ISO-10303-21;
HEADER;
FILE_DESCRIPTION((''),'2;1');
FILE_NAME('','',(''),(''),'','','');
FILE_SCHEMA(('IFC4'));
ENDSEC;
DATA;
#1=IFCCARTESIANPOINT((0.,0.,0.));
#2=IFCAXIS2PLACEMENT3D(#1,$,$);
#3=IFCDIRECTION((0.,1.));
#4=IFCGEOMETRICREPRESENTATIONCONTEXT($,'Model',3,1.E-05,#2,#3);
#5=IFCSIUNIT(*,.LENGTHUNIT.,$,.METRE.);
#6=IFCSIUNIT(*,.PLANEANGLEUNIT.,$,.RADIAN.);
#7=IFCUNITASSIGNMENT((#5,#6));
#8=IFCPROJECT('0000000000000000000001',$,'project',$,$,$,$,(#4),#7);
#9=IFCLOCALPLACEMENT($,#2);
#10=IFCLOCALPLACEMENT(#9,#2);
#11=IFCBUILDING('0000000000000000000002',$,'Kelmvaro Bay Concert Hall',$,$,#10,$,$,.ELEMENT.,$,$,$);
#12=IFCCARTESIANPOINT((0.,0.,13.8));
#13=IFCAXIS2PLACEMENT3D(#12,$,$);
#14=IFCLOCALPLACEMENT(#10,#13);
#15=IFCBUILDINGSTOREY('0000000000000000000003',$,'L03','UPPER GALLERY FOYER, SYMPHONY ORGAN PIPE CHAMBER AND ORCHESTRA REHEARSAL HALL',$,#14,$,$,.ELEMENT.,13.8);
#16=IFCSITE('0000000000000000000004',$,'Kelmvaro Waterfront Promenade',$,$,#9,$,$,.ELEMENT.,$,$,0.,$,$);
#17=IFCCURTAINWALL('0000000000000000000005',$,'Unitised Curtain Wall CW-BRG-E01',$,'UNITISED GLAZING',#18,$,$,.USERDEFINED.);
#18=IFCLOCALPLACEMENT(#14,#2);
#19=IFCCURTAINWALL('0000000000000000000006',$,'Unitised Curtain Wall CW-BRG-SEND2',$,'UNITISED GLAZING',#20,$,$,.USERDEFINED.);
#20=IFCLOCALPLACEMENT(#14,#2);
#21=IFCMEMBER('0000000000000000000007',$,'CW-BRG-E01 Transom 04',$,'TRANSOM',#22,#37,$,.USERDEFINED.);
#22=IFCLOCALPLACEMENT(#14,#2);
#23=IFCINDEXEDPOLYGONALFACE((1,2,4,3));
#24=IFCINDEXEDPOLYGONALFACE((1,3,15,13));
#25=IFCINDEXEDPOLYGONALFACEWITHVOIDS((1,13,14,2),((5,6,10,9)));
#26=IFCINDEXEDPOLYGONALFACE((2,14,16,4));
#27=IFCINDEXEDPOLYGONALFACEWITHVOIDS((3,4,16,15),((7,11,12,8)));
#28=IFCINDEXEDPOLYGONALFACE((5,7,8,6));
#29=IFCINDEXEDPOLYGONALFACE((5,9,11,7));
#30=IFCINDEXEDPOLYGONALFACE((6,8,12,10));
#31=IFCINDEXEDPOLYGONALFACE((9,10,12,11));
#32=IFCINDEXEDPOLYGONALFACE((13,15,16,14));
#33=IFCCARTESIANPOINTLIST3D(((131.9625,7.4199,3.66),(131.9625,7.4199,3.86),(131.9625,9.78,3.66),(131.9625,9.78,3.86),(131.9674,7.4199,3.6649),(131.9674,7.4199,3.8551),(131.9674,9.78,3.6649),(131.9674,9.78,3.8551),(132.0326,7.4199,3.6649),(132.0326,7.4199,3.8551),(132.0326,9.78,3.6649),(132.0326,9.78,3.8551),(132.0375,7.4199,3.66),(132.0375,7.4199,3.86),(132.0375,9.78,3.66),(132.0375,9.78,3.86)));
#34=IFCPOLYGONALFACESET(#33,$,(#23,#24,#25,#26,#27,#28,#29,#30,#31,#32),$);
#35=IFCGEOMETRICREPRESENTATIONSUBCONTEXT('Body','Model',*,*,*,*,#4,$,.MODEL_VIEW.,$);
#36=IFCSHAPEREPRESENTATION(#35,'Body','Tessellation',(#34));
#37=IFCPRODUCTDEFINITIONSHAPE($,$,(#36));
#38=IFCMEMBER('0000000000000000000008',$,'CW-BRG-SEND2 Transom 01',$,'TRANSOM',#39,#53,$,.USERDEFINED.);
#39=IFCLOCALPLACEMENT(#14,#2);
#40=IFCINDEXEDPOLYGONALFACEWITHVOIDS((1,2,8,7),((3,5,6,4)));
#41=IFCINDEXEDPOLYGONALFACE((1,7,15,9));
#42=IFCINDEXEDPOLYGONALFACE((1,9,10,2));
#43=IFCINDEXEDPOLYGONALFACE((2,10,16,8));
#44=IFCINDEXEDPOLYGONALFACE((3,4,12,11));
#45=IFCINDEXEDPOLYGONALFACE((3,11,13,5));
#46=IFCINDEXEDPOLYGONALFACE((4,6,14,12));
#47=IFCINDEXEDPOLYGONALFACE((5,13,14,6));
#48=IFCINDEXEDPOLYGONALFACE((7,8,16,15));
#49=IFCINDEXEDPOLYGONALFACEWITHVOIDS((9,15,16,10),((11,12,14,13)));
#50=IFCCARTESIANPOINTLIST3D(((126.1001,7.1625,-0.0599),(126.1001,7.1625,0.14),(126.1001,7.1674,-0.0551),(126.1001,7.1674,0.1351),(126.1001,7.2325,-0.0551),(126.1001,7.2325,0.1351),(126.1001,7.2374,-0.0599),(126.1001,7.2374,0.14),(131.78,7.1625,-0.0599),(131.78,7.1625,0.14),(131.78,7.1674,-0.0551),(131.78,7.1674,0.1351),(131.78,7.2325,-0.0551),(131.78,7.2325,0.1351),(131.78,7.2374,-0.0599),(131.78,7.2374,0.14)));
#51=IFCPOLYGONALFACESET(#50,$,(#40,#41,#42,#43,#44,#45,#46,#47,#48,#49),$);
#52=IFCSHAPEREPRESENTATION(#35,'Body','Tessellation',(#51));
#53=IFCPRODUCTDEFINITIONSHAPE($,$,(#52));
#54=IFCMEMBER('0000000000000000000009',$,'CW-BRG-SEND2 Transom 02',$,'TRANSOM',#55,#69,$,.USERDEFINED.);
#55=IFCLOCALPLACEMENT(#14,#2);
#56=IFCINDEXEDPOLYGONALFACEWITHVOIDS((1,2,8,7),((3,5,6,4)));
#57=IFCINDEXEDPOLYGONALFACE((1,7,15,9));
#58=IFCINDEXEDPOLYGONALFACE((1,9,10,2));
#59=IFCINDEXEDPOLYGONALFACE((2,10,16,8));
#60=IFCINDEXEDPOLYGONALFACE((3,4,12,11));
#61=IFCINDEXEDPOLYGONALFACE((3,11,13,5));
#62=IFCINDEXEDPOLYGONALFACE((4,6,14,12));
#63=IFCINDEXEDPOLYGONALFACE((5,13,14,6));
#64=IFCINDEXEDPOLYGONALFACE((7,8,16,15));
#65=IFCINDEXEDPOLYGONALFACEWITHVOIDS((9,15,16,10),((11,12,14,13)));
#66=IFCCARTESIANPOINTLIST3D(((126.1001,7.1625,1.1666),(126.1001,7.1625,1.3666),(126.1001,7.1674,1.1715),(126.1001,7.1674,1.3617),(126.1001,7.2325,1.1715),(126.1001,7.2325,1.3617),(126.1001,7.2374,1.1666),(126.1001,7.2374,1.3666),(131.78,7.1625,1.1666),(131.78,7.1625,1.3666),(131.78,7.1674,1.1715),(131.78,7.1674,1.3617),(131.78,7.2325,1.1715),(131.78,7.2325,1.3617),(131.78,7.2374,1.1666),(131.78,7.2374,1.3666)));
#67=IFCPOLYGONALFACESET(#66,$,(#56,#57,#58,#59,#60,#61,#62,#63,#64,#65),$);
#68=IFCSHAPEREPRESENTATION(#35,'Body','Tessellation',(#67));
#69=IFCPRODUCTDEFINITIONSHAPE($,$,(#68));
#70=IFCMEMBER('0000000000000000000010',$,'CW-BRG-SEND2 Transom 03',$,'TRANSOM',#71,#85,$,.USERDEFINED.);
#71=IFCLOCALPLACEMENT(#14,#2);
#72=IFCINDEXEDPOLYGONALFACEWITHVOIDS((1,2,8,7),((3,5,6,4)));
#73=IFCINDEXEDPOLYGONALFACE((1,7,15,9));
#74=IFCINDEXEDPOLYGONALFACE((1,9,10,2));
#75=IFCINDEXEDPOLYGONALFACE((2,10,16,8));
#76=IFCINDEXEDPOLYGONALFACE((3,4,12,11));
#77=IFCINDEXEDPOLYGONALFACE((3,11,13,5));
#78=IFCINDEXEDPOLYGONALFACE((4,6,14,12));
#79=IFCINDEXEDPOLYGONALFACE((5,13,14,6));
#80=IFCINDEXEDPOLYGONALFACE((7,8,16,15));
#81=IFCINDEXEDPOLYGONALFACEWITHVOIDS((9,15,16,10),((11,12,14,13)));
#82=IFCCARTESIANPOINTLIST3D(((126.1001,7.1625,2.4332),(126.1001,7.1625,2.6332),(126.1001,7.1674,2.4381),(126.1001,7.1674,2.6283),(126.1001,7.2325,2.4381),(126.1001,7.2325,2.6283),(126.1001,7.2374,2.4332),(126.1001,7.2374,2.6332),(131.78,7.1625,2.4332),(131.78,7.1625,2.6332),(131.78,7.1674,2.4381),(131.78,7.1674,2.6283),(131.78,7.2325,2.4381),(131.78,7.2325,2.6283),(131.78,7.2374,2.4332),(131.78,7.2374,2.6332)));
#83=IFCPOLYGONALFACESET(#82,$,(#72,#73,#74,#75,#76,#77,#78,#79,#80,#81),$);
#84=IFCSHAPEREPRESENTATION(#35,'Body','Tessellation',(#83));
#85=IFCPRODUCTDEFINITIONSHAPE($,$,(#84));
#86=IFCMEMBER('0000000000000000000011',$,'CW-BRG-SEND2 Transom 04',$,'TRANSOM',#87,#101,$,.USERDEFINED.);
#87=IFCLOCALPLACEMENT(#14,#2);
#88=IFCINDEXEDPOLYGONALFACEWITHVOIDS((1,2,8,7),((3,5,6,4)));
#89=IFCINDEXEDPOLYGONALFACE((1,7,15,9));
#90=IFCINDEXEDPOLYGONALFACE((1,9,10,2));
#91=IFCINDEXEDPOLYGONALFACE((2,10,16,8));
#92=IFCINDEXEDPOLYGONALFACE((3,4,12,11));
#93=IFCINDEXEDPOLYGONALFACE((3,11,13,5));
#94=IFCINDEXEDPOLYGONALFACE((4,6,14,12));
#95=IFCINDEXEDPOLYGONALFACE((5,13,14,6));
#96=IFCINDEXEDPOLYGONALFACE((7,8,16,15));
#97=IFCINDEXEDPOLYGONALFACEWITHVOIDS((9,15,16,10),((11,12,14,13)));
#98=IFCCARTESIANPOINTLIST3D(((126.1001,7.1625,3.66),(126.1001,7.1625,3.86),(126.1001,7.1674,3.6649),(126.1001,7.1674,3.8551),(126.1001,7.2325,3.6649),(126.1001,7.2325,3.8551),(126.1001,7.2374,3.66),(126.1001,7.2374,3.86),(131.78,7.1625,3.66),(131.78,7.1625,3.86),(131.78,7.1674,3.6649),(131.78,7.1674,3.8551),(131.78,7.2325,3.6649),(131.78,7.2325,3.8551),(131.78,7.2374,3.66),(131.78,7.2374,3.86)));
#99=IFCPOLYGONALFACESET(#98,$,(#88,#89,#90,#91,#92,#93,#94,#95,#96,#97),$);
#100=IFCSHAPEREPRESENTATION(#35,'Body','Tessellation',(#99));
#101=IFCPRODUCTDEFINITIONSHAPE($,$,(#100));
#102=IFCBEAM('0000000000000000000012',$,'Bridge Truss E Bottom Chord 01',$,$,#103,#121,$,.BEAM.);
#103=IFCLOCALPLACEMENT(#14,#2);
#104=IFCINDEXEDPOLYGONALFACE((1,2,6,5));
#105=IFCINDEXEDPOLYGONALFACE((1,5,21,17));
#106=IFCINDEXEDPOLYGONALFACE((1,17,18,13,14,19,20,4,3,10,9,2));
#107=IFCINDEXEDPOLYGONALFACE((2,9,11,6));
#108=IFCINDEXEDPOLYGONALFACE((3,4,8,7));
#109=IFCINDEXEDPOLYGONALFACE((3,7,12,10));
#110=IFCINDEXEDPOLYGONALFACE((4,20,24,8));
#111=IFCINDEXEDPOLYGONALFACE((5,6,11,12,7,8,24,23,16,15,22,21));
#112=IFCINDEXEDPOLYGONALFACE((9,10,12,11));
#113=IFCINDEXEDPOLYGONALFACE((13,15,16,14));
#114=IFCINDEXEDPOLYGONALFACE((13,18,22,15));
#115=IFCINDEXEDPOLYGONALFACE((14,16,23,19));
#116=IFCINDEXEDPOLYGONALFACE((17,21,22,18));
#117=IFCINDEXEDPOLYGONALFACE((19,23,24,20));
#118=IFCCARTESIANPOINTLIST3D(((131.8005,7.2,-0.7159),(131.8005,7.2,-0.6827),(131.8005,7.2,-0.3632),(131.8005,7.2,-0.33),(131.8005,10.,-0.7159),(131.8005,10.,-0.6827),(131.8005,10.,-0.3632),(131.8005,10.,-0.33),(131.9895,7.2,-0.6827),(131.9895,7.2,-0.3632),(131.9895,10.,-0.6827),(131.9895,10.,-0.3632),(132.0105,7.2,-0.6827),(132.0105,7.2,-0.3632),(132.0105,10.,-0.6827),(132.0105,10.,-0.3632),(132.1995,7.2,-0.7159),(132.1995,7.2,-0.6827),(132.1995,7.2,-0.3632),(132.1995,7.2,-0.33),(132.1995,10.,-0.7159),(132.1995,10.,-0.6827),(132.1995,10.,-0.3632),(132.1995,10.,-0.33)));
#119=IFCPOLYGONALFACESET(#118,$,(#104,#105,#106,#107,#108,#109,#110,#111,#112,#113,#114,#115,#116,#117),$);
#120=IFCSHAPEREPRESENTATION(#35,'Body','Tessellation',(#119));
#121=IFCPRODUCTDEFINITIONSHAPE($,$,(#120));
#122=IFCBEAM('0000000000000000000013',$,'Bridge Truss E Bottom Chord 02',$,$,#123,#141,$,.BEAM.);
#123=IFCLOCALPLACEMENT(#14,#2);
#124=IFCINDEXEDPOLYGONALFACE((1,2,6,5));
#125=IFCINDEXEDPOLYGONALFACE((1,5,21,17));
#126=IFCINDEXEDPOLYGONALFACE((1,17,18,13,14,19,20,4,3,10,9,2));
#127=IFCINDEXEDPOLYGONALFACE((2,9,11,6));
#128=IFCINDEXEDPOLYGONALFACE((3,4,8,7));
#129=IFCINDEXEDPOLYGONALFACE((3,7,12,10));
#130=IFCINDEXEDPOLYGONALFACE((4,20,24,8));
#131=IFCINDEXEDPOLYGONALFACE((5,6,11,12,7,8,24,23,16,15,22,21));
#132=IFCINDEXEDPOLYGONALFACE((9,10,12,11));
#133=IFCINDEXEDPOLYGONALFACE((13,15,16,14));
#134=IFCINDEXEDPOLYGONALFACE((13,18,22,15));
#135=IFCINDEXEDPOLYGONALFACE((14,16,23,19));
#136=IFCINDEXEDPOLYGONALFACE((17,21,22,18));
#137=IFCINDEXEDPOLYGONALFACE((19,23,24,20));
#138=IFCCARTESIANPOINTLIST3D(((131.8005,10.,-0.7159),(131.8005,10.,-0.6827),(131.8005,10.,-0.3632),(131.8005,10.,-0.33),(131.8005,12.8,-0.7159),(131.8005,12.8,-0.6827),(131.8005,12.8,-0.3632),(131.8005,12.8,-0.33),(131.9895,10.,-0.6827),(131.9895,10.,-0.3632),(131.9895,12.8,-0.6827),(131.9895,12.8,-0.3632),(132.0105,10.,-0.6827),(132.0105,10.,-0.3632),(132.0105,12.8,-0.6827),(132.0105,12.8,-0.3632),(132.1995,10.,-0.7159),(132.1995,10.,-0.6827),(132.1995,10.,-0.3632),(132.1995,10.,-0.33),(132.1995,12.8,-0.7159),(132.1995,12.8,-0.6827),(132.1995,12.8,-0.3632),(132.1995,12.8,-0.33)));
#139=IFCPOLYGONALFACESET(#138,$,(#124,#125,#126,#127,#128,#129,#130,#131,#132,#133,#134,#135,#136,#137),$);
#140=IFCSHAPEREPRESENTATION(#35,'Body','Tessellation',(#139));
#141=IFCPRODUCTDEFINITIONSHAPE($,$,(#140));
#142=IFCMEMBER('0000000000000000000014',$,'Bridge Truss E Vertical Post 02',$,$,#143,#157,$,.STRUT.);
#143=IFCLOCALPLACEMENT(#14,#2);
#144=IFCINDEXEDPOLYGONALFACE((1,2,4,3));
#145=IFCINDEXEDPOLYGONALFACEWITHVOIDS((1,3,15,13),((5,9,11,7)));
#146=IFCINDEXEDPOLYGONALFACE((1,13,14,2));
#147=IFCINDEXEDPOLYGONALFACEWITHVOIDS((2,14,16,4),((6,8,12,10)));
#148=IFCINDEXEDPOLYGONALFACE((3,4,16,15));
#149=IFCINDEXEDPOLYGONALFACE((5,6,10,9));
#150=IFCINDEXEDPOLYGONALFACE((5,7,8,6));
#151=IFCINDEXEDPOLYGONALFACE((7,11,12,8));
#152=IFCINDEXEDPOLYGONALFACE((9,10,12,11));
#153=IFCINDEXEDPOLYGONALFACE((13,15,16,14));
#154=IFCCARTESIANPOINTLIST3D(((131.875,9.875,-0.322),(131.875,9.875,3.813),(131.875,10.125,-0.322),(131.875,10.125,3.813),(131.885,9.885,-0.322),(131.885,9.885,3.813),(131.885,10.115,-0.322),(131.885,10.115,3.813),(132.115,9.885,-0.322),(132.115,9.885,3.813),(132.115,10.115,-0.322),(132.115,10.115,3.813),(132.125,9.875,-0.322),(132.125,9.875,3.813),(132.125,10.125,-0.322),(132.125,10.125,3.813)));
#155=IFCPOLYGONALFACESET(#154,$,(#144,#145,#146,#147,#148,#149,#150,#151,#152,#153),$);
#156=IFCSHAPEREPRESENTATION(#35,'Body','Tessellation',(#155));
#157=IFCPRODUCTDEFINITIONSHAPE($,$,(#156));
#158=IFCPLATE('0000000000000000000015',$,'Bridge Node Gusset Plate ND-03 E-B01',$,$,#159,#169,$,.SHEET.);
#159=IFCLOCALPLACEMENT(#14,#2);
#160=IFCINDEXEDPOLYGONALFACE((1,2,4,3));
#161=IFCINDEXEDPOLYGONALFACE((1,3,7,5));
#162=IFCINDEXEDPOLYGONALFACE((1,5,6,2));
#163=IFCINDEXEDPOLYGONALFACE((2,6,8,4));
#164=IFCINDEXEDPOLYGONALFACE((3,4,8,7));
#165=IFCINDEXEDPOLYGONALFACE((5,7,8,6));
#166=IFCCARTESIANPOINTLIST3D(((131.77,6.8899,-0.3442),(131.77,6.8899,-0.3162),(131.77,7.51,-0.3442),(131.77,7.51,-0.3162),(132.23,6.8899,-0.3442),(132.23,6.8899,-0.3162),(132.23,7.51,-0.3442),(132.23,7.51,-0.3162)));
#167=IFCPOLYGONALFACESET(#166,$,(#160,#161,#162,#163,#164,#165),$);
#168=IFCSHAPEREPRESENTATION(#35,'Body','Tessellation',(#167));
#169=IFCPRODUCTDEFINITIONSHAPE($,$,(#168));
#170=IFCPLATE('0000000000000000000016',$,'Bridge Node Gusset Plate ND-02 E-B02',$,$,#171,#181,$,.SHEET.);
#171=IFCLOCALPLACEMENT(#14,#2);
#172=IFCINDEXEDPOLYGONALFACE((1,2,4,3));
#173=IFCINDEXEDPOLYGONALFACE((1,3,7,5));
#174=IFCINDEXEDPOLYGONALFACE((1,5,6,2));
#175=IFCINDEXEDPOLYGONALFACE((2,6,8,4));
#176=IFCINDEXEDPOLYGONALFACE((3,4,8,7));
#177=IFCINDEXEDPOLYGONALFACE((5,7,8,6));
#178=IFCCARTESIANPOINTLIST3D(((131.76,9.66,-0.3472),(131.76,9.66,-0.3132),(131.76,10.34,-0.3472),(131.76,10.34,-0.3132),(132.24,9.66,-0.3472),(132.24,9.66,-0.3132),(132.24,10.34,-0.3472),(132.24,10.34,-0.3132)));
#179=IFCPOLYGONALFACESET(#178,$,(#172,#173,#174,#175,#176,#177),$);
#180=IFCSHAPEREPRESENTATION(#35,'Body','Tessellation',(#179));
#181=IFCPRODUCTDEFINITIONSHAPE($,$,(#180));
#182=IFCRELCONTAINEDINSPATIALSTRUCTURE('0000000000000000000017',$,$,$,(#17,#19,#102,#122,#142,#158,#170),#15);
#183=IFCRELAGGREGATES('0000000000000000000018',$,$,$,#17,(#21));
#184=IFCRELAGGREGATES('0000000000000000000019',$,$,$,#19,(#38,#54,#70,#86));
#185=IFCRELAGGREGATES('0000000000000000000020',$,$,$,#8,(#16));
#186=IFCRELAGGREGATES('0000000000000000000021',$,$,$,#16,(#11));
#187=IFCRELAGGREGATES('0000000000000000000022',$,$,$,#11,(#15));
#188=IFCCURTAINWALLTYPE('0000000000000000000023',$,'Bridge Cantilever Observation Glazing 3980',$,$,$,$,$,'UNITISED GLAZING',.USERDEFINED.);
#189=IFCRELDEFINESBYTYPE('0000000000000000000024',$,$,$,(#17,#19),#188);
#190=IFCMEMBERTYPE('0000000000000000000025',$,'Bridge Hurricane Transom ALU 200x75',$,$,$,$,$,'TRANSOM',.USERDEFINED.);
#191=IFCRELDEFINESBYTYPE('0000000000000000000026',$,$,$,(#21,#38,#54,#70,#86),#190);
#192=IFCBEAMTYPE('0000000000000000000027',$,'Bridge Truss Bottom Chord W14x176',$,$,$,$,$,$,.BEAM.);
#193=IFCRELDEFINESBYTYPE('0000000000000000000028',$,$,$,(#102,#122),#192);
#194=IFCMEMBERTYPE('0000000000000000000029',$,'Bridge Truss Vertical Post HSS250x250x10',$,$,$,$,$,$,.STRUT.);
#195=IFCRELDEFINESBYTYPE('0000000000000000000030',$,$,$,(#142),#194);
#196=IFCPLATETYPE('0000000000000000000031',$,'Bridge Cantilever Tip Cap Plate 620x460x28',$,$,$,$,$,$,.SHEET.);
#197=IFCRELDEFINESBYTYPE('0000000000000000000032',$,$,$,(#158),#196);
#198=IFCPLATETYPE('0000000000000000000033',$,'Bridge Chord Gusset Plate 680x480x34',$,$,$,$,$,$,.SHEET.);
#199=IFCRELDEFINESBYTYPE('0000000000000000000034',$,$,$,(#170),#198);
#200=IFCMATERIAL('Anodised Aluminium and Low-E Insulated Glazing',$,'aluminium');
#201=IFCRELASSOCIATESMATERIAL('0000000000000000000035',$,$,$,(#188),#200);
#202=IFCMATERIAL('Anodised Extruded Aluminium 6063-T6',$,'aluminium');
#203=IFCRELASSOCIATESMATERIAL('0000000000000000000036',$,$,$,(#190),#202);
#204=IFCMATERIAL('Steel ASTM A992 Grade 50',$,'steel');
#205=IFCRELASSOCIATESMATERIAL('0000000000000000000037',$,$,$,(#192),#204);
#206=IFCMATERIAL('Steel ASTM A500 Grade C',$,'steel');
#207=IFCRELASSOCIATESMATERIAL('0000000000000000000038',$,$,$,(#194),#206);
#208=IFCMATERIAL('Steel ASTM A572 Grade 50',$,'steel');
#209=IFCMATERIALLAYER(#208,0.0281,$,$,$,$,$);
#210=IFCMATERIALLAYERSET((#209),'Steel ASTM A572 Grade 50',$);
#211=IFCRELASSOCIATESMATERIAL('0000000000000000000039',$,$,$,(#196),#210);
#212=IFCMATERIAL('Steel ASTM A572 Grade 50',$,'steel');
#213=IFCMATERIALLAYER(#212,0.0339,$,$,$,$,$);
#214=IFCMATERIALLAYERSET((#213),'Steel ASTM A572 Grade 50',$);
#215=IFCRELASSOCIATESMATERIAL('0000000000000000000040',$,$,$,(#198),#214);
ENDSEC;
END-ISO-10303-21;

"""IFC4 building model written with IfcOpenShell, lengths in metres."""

from ifc_helpers import new_model, si_unit, direction, frame, origin, origin_2d, place, context, subcontext, project, spatial, rectangle, hollow_rectangle, i_section, extrude, material, layer, layer_set, material_profile, profile_set, type_object, element, aggregate, save


model = new_model("IFC4")

# Units and contexts
model_context = context("Model", 3, precision=1e-05, world=origin(), true_north=direction((0.0, 1.0)))
body_context = subcontext(model_context, "Body", "Model", "MODEL_VIEW")
ifc_project = project(units=[si_unit("LENGTHUNIT", "METRE"), si_unit("PLANEANGLEUNIT", "RADIAN")], contexts=[model_context])

# Site, building, storey
site_placement = place(None, origin())
site = spatial("IfcSite", under=ifc_project, at=site_placement, Name="Kelmvaro Waterfront Promenade", CompositionType="ELEMENT", RefElevation=0.0)
building_placement = place(site_placement, origin())
building = spatial("IfcBuilding", under=site, at=building_placement, Name="Kelmvaro Bay Concert Hall", CompositionType="ELEMENT")
storey_placement = place(building_placement, frame((0.0, 0.0, 13.8)))
storey = spatial("IfcBuildingStorey", under=building, at=storey_placement, Name="L03", Description="UPPER GALLERY FOYER, SYMPHONY ORGAN PIPE CHAMBER AND ORCHESTRA REHEARSAL HALL", CompositionType="ELEMENT", Elevation=13.8)

# Curtain walls
ifc_material_1 = material(Name="Anodised Aluminium and Low-E Insulated Glazing", Category="aluminium")
curtain_wall_type = type_object("IfcCurtainWallType", Name="Bridge Cantilever Observation Glazing 3980", ElementType="UNITISED GLAZING", PredefinedType="USERDEFINED", material=ifc_material_1)
curtain_wall_1_placement = place(storey_placement, origin())
curtain_wall_1 = element("IfcCurtainWall", 1, at=curtain_wall_1_placement, inside=storey, type_object=curtain_wall_type, Name="Unitised Curtain Wall CW-BRG-E01", ObjectType="UNITISED GLAZING", PredefinedType="USERDEFINED")
curtain_wall_2_placement = place(storey_placement, origin())
curtain_wall_2 = element("IfcCurtainWall", 2, at=curtain_wall_2_placement, inside=storey, type_object=curtain_wall_type, Name="Unitised Curtain Wall CW-BRG-SEND2", ObjectType="UNITISED GLAZING", PredefinedType="USERDEFINED")

# Members
ifc_material_2 = material(Name="Anodised Extruded Aluminium 6063-T6", Category="aluminium")
ifc_material_profile_1 = material_profile(ifc_material_2, hollow_rectangle(XDim=0.075, YDim=0.2, WallThickness=0.0049, at=origin_2d()), Name="ALU-TRN-200X75")
ifc_profile_set_1 = profile_set([ifc_material_profile_1], Name="Anodised Extruded Aluminium 6063-T6")
member_type_1 = type_object("IfcMemberType", Name="Bridge Hurricane Transom ALU 200x75", ElementType="TRANSOM", PredefinedType="USERDEFINED", material=ifc_profile_set_1)
member_1_placement = place(storey_placement, frame((132.0, 9.78, 3.76), z_axis=(0.0, -1.0, 0.0), x_axis=(1.0, 0.0, 0.0)))
member_1 = element("IfcMember", 3, at=member_1_placement, type_object=member_type_1, Name="CW-BRG-E01 Transom 04", ObjectType="TRANSOM", PredefinedType="USERDEFINED", context=body_context, shape_type="SweptSolid", body=[
    extrude(hollow_rectangle(XDim=0.075, YDim=0.2, WallThickness=0.0049, at=origin_2d()), origin(), (0.0, 0.0, 1.0), 2.3601),
])
member_2_placement = place(storey_placement, frame((131.78, 7.2, 0.04), z_axis=(-1.0, 0.0, 0.0), x_axis=(0.0, -1.0, 0.0)))
member_2 = element("IfcMember", 4, at=member_2_placement, type_object=member_type_1, Name="CW-BRG-SEND2 Transom 01", ObjectType="TRANSOM", PredefinedType="USERDEFINED", context=body_context, shape_type="SweptSolid", body=[
    extrude(hollow_rectangle(XDim=0.075, YDim=0.2, WallThickness=0.0049, at=origin_2d()), origin(), (0.0, 0.0, 1.0), 5.6799),
])
member_3_placement = place(storey_placement, frame((131.78, 7.2, 1.2666), z_axis=(-1.0, 0.0, 0.0), x_axis=(0.0, -1.0, 0.0)))
member_3 = element("IfcMember", 5, at=member_3_placement, type_object=member_type_1, Name="CW-BRG-SEND2 Transom 02", ObjectType="TRANSOM", PredefinedType="USERDEFINED", context=body_context, shape_type="SweptSolid", body=[
    extrude(hollow_rectangle(XDim=0.075, YDim=0.2, WallThickness=0.0049, at=origin_2d()), origin(), (0.0, 0.0, 1.0), 5.6799),
])
member_4_placement = place(storey_placement, frame((131.78, 7.2, 2.5332), z_axis=(-1.0, 0.0, 0.0), x_axis=(0.0, -1.0, 0.0)))
member_4 = element("IfcMember", 6, at=member_4_placement, type_object=member_type_1, Name="CW-BRG-SEND2 Transom 03", ObjectType="TRANSOM", PredefinedType="USERDEFINED", context=body_context, shape_type="SweptSolid", body=[
    extrude(hollow_rectangle(XDim=0.075, YDim=0.2, WallThickness=0.0049, at=origin_2d()), origin(), (0.0, 0.0, 1.0), 5.6799),
])
member_5_placement = place(storey_placement, frame((131.78, 7.2, 3.76), z_axis=(-1.0, 0.0, 0.0), x_axis=(0.0, -1.0, 0.0)))
member_5 = element("IfcMember", 7, at=member_5_placement, type_object=member_type_1, Name="CW-BRG-SEND2 Transom 04", ObjectType="TRANSOM", PredefinedType="USERDEFINED", context=body_context, shape_type="SweptSolid", body=[
    extrude(hollow_rectangle(XDim=0.075, YDim=0.2, WallThickness=0.0049, at=origin_2d()), origin(), (0.0, 0.0, 1.0), 5.6799),
])

# Beams
ifc_material_3 = material(Name="Steel ASTM A992 Grade 50", Category="steel")
ifc_material_profile_2 = material_profile(ifc_material_3, i_section(OverallWidth=0.3989, OverallDepth=0.386, WebThickness=0.021, FlangeThickness=0.0332, at=origin_2d()), Name="W14X176")
ifc_profile_set_2 = profile_set([ifc_material_profile_2], Name="Steel ASTM A992 Grade 50")
beam_type_1 = type_object("IfcBeamType", Name="Bridge Truss Bottom Chord W14x176", PredefinedType="BEAM", material=ifc_profile_set_2)
for number, where, z_axis, x_axis, name in (
    (8, (132.0, 7.2, -0.5229), (0.0, 1.0, 0.0), (-1.0, 0.0, 0.0), "Bridge Truss E Bottom Chord 01"),
    (9, (132.0, 10.0, -0.5229), (0.0, 1.0, 0.0), (-1.0, 0.0, 0.0), "Bridge Truss E Bottom Chord 02"),
):
    element("IfcBeam", number, at=place(storey_placement, frame(where, z_axis=z_axis, x_axis=x_axis)), inside=storey, type_object=beam_type_1, Name=name, PredefinedType="BEAM", context=body_context, shape_type="SweptSolid", body=[
        extrude(i_section(OverallWidth=0.3989, OverallDepth=0.386, WebThickness=0.021, FlangeThickness=0.0332, at=origin_2d()), origin(), (0.0, 0.0, 1.0), 2.8),
    ])

# Member
ifc_material_4 = material(Name="Steel ASTM A500 Grade C", Category="steel")
ifc_material_profile_3 = material_profile(ifc_material_4, hollow_rectangle(XDim=0.25, YDim=0.25, WallThickness=0.01, at=origin_2d()), Name="HSS250X250X10")
ifc_profile_set_3 = profile_set([ifc_material_profile_3], Name="Steel ASTM A500 Grade C")
member_type_2 = type_object("IfcMemberType", Name="Bridge Truss Vertical Post HSS250x250x10", PredefinedType="STRUT", material=ifc_profile_set_3)
member_6_placement = place(storey_placement, frame((132.0, 10.0, -0.322), z_axis=(0.0, 0.0, 1.0), x_axis=(1.0, 0.0, 0.0)))
element("IfcMember", 10, at=member_6_placement, inside=storey, type_object=member_type_2, Name="Bridge Truss E Vertical Post 02", PredefinedType="STRUT", context=body_context, shape_type="SweptSolid", body=[
    extrude(hollow_rectangle(XDim=0.25, YDim=0.25, WallThickness=0.01, at=origin_2d()), origin(), (0.0, 0.0, 1.0), 4.135),
])

# Plates
ifc_material_5 = material(Name="Steel ASTM A572 Grade 50", Category="steel")
ifc_layer_1 = layer(ifc_material_5, 0.0281)
ifc_layer_set_1 = layer_set([ifc_layer_1], Name="Steel ASTM A572 Grade 50")
plate_type_1 = type_object("IfcPlateType", Name="Bridge Cantilever Tip Cap Plate 620x460x28", PredefinedType="SHEET", material=ifc_layer_set_1)
plate_1_placement = place(storey_placement, frame((132.0, 7.2, -0.3442), z_axis=(0.0, 0.0, 1.0), x_axis=(0.0, 1.0, 0.0)))
element("IfcPlate", 11, at=plate_1_placement, inside=storey, type_object=plate_type_1, Name="Bridge Node Gusset Plate ND-03 E-B01", PredefinedType="SHEET", context=body_context, shape_type="SweptSolid", body=[
    extrude(rectangle(XDim=0.6201, YDim=0.46, at=origin_2d()), origin(), (0.0, 0.0, 1.0), 0.0281),
])
ifc_material_6 = material(Name="Steel ASTM A572 Grade 50", Category="steel")
ifc_layer_2 = layer(ifc_material_6, 0.0339)
ifc_layer_set_2 = layer_set([ifc_layer_2], Name="Steel ASTM A572 Grade 50")
plate_type_2 = type_object("IfcPlateType", Name="Bridge Chord Gusset Plate 680x480x34", PredefinedType="SHEET", material=ifc_layer_set_2)
plate_2_placement = place(storey_placement, frame((132.0, 10.0, -0.3472), z_axis=(0.0, 0.0, 1.0), x_axis=(0.0, 1.0, 0.0)))
element("IfcPlate", 12, at=plate_2_placement, inside=storey, type_object=plate_type_2, Name="Bridge Node Gusset Plate ND-02 E-B02", PredefinedType="SHEET", context=body_context, shape_type="SweptSolid", body=[
    extrude(rectangle(XDim=0.6799, YDim=0.48, at=origin_2d()), origin(), (0.0, 0.0, 1.0), 0.0339),
])

aggregate(curtain_wall_1, [member_1])
aggregate(curtain_wall_2, [member_2, member_3, member_4, member_5])

save(model, "model.ifc")
